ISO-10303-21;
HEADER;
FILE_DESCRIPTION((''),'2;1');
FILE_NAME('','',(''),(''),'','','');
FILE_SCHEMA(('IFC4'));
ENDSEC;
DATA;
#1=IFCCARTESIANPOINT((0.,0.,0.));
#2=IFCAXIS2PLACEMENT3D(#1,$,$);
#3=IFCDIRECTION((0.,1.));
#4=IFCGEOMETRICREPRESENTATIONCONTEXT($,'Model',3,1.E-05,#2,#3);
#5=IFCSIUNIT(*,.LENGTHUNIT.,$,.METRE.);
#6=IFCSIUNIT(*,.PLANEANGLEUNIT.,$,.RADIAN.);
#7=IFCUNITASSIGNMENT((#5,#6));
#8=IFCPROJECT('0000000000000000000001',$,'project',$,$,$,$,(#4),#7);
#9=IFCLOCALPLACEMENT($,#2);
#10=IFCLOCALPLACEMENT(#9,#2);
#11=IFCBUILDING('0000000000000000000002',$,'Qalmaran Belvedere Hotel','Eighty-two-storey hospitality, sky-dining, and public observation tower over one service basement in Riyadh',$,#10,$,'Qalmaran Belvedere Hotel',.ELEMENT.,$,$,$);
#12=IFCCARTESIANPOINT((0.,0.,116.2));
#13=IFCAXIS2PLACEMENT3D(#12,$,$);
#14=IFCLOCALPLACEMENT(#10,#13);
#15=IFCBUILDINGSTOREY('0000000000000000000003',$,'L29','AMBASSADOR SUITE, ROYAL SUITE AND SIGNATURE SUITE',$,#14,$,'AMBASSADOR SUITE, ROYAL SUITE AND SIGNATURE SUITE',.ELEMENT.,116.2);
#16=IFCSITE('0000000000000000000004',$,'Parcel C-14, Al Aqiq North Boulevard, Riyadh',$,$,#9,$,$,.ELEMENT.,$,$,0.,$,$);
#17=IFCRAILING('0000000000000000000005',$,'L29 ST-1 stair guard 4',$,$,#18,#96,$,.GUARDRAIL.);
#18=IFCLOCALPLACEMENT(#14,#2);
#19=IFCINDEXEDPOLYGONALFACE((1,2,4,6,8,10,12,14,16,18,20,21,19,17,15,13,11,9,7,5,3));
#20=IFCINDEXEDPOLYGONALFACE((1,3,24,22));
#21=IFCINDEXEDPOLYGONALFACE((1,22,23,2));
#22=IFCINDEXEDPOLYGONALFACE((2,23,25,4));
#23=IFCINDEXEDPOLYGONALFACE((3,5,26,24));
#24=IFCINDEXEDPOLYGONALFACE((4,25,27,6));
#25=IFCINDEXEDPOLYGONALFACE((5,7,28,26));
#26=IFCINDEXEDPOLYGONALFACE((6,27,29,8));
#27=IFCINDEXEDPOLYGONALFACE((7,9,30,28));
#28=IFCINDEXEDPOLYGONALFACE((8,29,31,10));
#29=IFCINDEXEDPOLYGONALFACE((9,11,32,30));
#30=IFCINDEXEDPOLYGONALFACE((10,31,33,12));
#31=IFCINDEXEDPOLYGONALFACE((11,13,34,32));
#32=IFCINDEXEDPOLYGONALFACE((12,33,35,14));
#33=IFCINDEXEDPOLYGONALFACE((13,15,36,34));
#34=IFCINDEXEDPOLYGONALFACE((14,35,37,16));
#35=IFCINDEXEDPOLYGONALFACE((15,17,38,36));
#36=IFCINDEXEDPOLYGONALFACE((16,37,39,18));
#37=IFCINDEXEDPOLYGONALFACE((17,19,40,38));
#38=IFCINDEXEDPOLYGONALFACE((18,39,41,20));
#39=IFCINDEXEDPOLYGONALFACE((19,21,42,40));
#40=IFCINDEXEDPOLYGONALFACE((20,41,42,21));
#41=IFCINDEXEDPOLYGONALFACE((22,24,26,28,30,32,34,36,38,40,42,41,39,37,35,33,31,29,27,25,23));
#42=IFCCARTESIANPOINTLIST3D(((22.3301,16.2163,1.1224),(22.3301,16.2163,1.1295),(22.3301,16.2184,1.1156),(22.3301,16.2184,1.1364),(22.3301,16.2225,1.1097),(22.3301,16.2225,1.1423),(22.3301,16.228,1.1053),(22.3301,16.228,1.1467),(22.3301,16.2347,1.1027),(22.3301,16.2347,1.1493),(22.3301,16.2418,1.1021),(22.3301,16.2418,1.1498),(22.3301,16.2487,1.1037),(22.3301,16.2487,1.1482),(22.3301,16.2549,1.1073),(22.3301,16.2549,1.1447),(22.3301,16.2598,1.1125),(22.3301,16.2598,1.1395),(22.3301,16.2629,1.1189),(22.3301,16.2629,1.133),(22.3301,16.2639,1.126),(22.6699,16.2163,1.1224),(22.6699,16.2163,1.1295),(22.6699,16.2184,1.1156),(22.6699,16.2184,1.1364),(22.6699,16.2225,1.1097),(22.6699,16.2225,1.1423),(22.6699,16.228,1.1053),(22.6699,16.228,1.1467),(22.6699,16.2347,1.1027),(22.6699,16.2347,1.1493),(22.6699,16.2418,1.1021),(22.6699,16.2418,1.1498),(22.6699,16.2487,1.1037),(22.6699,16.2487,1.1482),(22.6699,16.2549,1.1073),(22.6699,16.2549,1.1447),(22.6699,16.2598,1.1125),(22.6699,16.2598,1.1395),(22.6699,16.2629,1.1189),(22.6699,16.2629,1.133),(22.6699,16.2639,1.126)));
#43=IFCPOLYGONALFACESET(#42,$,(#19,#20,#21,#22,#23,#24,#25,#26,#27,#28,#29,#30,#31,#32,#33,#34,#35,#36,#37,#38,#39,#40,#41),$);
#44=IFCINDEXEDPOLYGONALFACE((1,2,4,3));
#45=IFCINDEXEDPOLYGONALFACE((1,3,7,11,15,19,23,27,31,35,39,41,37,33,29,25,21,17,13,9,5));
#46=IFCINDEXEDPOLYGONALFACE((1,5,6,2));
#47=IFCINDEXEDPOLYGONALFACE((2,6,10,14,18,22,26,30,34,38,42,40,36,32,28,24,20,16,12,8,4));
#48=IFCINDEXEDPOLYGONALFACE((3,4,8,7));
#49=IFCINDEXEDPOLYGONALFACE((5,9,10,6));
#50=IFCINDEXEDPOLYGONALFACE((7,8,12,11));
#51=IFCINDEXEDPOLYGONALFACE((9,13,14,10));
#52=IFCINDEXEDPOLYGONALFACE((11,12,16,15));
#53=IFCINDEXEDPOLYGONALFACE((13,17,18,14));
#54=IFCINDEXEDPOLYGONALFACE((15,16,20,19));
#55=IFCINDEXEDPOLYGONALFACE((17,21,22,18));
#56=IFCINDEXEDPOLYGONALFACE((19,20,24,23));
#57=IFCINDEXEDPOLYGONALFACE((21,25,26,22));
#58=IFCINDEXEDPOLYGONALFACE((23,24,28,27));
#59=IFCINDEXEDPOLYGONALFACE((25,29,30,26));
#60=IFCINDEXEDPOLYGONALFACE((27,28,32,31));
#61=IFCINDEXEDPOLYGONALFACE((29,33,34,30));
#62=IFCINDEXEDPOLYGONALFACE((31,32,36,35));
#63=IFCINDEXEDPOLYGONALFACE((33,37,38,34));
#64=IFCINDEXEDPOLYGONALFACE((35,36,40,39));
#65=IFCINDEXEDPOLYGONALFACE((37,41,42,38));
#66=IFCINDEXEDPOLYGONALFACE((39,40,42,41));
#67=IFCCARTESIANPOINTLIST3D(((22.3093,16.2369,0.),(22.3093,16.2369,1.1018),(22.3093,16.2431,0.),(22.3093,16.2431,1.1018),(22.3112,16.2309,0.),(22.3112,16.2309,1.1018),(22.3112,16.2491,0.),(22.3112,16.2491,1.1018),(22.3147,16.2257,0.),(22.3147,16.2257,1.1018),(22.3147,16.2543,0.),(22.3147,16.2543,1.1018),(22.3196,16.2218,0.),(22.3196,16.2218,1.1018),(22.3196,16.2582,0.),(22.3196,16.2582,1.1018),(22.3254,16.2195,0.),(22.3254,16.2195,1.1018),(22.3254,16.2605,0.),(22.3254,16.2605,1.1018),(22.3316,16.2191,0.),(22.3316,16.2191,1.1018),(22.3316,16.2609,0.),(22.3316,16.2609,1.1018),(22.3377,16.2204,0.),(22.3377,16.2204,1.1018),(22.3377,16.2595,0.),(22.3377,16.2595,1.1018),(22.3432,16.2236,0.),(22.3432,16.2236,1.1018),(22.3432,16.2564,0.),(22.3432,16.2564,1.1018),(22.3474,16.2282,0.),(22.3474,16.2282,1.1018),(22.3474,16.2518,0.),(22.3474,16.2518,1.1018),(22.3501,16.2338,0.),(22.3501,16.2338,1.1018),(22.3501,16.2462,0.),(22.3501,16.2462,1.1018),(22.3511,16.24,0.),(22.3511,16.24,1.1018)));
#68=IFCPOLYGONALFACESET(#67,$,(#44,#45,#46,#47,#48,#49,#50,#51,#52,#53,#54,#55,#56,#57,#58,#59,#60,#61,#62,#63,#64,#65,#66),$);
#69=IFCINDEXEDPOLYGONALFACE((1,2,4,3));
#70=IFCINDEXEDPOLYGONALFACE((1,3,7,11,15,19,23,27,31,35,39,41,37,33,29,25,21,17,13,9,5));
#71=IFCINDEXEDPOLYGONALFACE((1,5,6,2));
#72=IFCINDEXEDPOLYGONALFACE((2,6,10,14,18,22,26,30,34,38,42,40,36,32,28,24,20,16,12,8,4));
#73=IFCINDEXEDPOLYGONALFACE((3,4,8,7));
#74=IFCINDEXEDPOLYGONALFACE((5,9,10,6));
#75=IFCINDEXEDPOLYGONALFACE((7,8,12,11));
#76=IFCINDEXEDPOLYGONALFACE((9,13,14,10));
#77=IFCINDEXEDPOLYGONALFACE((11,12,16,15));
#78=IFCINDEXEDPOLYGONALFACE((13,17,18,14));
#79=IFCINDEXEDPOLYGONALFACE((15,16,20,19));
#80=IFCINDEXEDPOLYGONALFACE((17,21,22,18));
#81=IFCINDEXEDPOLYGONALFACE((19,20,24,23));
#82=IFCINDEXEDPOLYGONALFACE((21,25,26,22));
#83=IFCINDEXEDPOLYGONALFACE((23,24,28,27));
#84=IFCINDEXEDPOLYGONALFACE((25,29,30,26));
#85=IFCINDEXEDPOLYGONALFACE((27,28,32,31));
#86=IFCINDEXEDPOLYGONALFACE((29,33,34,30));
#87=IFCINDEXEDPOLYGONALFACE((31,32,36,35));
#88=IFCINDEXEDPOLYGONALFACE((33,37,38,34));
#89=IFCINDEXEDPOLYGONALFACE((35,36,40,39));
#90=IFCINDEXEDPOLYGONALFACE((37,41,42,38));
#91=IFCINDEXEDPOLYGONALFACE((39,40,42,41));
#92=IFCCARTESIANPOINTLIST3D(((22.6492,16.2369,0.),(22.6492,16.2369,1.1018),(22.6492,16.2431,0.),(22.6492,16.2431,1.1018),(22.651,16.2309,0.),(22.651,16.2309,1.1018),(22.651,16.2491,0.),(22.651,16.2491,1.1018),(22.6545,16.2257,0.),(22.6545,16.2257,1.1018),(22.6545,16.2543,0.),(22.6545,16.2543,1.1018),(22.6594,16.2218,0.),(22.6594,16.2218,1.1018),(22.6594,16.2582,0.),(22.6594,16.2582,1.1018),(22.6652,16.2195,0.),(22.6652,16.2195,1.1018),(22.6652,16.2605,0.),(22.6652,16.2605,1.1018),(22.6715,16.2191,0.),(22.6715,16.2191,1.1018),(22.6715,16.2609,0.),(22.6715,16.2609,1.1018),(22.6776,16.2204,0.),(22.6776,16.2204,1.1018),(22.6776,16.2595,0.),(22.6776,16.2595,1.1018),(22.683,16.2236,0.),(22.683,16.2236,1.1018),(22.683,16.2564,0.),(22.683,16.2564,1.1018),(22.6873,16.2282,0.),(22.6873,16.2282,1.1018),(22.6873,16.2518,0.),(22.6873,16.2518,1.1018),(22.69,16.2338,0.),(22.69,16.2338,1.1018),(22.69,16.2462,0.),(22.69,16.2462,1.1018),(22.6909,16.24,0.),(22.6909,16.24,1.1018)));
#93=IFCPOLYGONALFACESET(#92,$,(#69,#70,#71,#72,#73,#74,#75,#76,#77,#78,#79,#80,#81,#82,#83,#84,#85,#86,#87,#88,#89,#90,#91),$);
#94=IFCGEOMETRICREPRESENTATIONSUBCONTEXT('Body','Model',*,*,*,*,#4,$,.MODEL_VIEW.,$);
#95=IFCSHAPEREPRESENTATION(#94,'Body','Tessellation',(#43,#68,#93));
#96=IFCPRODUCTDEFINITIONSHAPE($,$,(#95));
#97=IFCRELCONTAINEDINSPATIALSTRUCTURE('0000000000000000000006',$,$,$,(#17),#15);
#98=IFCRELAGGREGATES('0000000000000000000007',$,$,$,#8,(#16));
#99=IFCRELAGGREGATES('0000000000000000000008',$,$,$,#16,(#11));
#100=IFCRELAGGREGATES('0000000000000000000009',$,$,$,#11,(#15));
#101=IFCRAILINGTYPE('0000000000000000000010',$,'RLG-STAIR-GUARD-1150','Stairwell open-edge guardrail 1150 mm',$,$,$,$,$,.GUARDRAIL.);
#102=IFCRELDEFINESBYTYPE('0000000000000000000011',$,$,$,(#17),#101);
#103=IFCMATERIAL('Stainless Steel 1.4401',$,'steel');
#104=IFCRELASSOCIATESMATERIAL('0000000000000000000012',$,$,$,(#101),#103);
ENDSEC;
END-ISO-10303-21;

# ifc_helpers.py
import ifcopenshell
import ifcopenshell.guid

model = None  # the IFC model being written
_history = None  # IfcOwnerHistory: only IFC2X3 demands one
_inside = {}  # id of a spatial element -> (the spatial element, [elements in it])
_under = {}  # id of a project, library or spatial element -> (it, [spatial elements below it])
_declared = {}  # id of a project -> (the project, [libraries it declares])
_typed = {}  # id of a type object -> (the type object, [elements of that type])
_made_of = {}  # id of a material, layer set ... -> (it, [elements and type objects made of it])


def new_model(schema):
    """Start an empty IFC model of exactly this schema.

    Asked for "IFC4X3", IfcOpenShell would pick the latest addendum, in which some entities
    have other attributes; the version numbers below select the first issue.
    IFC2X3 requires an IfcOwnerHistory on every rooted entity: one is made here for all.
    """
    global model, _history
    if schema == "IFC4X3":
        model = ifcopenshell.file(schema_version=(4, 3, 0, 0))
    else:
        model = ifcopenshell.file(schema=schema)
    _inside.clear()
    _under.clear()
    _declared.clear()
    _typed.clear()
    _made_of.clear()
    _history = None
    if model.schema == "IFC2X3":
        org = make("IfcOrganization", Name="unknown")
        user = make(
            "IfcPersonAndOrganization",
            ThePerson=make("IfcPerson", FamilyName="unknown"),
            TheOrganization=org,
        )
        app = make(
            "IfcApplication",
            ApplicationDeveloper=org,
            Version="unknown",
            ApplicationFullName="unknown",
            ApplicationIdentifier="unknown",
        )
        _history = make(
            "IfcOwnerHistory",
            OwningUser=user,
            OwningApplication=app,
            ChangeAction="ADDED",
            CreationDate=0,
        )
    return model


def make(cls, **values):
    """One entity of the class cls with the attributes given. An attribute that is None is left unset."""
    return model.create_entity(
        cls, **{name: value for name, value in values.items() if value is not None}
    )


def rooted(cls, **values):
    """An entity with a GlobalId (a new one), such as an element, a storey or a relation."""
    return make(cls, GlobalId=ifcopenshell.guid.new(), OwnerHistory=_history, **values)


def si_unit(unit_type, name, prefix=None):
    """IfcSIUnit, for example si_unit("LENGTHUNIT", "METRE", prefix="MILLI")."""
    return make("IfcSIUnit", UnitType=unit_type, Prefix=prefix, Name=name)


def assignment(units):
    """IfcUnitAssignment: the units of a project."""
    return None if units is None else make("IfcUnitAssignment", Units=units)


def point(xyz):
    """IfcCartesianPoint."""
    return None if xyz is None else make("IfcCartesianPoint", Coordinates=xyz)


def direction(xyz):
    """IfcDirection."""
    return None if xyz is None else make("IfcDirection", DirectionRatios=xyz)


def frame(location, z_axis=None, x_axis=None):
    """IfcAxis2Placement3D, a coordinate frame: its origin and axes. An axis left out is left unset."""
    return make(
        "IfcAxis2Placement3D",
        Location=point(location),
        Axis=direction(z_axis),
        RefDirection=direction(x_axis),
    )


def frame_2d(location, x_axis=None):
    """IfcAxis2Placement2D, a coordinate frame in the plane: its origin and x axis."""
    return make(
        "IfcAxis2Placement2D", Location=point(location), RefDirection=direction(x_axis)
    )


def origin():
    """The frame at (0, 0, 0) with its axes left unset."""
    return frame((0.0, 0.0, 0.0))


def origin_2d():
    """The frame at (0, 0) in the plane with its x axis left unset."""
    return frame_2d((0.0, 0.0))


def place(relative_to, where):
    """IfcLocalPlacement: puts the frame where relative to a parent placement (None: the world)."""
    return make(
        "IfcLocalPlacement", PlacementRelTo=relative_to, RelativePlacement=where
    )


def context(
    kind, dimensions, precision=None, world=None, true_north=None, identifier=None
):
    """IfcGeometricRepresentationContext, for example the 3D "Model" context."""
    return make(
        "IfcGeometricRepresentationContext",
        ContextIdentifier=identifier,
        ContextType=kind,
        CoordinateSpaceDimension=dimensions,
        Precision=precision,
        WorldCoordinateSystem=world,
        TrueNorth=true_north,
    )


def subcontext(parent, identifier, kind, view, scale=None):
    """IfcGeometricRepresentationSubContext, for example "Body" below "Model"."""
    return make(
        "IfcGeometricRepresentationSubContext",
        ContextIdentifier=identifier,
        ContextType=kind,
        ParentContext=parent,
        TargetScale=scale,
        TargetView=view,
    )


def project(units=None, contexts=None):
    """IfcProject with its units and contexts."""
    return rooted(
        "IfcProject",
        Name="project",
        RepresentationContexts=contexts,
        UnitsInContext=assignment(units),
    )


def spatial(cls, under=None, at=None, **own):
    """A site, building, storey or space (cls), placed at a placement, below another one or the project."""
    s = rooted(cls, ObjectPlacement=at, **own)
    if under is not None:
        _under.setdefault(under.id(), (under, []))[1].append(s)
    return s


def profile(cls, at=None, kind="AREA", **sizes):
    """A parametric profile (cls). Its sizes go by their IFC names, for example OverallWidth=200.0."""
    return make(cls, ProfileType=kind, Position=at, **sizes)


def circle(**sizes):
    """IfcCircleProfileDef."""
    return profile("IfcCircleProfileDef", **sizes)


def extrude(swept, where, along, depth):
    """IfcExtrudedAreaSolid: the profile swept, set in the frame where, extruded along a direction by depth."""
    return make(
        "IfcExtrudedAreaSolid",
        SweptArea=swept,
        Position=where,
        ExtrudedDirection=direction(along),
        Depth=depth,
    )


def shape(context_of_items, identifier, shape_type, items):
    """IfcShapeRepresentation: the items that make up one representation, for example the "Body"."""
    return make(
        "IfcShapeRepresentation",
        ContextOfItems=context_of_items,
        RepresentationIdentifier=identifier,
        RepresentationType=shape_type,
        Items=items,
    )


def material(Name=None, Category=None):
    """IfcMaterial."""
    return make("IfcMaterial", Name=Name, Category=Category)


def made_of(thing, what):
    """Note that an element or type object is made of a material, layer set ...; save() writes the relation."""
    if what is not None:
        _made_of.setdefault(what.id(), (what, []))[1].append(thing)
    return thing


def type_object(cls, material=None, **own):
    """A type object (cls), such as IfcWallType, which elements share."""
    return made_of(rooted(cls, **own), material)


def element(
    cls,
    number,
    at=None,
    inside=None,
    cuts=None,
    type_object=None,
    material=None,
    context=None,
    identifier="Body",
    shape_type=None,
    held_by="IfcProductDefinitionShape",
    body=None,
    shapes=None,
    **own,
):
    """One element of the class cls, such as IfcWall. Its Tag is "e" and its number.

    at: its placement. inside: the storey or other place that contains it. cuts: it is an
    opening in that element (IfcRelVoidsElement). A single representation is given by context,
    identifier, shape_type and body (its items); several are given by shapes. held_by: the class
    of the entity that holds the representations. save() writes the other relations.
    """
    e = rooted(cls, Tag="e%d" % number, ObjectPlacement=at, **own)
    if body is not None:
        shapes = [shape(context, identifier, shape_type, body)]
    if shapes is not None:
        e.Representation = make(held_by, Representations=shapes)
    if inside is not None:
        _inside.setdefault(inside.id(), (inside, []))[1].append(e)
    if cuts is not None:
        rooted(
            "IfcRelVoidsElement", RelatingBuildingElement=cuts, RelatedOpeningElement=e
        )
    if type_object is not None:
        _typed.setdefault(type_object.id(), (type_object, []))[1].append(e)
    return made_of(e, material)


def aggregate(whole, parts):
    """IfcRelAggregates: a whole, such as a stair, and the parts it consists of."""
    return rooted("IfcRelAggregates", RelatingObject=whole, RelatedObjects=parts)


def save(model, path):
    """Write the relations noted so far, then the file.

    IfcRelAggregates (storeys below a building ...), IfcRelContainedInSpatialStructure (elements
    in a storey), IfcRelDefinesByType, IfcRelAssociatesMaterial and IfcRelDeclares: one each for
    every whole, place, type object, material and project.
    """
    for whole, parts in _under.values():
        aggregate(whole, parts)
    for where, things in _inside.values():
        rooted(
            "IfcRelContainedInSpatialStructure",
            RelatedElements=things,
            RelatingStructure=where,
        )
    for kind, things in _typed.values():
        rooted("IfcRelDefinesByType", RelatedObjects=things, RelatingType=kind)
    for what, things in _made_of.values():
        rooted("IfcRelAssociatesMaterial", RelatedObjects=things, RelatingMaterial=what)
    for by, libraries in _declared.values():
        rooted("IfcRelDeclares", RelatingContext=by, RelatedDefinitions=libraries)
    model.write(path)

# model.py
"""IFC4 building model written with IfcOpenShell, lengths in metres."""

from ifc_helpers import new_model, si_unit, direction, frame, origin, origin_2d, place, context, subcontext, project, spatial, circle, extrude, material, type_object, element, save


model = new_model("IFC4")

# Units and contexts
model_context = context("Model", 3, precision=1e-05, world=origin(), true_north=direction((0.0, 1.0)))
body_context = subcontext(model_context, "Body", "Model", "MODEL_VIEW")
ifc_project = project(units=[si_unit("LENGTHUNIT", "METRE"), si_unit("PLANEANGLEUNIT", "RADIAN")], contexts=[model_context])

# Site, building, storey
site_placement = place(None, origin())
site = spatial("IfcSite", under=ifc_project, at=site_placement, Name="Parcel C-14, Al Aqiq North Boulevard, Riyadh", CompositionType="ELEMENT", RefElevation=0.0)
building_placement = place(site_placement, origin())
building = spatial("IfcBuilding", under=site, at=building_placement, Name="Qalmaran Belvedere Hotel", Description="Eighty-two-storey hospitality, sky-dining, and public observation tower over one service basement in Riyadh", LongName="Qalmaran Belvedere Hotel", CompositionType="ELEMENT")
storey_placement = place(building_placement, frame((0.0, 0.0, 116.2)))
storey = spatial("IfcBuildingStorey", under=building, at=storey_placement, Name="L29", Description="AMBASSADOR SUITE, ROYAL SUITE AND SIGNATURE SUITE", LongName="AMBASSADOR SUITE, ROYAL SUITE AND SIGNATURE SUITE", CompositionType="ELEMENT", Elevation=116.2)

# Shared definitions
ifc_material_1 = material(Name="Stainless Steel 1.4401", Category="steel")

# Railing
railing_type_1 = type_object("IfcRailingType", Name="RLG-STAIR-GUARD-1150", Description="Stairwell open-edge guardrail 1150 mm", PredefinedType="GUARDRAIL", material=ifc_material_1)
railing_1_placement = place(storey_placement, frame((22.3301, 16.24, 0.0)))
element("IfcRailing", 1, at=railing_1_placement, inside=storey, type_object=railing_type_1, Name="L29 ST-1 stair guard 4", PredefinedType="GUARDRAIL", context=body_context, shape_type="SweptSolid", body=[
    extrude(circle(Radius=0.0239, at=origin_2d()), frame((0.0, 0.0, 1.126), z_axis=(1.0, 0.0, 0.0), x_axis=(0.0, 1.0, 0.0)), (0.0, 0.0, 1.0), 0.3398),
    extrude(circle(Radius=0.021, at=origin_2d()), origin(), (0.0, 0.0, 1.0), 1.1018),
    extrude(circle(Radius=0.021, at=origin_2d()), frame((0.3398, 0.0, 0.0)), (0.0, 0.0, 1.0), 1.1018),
])

save(model, "model.ifc")
